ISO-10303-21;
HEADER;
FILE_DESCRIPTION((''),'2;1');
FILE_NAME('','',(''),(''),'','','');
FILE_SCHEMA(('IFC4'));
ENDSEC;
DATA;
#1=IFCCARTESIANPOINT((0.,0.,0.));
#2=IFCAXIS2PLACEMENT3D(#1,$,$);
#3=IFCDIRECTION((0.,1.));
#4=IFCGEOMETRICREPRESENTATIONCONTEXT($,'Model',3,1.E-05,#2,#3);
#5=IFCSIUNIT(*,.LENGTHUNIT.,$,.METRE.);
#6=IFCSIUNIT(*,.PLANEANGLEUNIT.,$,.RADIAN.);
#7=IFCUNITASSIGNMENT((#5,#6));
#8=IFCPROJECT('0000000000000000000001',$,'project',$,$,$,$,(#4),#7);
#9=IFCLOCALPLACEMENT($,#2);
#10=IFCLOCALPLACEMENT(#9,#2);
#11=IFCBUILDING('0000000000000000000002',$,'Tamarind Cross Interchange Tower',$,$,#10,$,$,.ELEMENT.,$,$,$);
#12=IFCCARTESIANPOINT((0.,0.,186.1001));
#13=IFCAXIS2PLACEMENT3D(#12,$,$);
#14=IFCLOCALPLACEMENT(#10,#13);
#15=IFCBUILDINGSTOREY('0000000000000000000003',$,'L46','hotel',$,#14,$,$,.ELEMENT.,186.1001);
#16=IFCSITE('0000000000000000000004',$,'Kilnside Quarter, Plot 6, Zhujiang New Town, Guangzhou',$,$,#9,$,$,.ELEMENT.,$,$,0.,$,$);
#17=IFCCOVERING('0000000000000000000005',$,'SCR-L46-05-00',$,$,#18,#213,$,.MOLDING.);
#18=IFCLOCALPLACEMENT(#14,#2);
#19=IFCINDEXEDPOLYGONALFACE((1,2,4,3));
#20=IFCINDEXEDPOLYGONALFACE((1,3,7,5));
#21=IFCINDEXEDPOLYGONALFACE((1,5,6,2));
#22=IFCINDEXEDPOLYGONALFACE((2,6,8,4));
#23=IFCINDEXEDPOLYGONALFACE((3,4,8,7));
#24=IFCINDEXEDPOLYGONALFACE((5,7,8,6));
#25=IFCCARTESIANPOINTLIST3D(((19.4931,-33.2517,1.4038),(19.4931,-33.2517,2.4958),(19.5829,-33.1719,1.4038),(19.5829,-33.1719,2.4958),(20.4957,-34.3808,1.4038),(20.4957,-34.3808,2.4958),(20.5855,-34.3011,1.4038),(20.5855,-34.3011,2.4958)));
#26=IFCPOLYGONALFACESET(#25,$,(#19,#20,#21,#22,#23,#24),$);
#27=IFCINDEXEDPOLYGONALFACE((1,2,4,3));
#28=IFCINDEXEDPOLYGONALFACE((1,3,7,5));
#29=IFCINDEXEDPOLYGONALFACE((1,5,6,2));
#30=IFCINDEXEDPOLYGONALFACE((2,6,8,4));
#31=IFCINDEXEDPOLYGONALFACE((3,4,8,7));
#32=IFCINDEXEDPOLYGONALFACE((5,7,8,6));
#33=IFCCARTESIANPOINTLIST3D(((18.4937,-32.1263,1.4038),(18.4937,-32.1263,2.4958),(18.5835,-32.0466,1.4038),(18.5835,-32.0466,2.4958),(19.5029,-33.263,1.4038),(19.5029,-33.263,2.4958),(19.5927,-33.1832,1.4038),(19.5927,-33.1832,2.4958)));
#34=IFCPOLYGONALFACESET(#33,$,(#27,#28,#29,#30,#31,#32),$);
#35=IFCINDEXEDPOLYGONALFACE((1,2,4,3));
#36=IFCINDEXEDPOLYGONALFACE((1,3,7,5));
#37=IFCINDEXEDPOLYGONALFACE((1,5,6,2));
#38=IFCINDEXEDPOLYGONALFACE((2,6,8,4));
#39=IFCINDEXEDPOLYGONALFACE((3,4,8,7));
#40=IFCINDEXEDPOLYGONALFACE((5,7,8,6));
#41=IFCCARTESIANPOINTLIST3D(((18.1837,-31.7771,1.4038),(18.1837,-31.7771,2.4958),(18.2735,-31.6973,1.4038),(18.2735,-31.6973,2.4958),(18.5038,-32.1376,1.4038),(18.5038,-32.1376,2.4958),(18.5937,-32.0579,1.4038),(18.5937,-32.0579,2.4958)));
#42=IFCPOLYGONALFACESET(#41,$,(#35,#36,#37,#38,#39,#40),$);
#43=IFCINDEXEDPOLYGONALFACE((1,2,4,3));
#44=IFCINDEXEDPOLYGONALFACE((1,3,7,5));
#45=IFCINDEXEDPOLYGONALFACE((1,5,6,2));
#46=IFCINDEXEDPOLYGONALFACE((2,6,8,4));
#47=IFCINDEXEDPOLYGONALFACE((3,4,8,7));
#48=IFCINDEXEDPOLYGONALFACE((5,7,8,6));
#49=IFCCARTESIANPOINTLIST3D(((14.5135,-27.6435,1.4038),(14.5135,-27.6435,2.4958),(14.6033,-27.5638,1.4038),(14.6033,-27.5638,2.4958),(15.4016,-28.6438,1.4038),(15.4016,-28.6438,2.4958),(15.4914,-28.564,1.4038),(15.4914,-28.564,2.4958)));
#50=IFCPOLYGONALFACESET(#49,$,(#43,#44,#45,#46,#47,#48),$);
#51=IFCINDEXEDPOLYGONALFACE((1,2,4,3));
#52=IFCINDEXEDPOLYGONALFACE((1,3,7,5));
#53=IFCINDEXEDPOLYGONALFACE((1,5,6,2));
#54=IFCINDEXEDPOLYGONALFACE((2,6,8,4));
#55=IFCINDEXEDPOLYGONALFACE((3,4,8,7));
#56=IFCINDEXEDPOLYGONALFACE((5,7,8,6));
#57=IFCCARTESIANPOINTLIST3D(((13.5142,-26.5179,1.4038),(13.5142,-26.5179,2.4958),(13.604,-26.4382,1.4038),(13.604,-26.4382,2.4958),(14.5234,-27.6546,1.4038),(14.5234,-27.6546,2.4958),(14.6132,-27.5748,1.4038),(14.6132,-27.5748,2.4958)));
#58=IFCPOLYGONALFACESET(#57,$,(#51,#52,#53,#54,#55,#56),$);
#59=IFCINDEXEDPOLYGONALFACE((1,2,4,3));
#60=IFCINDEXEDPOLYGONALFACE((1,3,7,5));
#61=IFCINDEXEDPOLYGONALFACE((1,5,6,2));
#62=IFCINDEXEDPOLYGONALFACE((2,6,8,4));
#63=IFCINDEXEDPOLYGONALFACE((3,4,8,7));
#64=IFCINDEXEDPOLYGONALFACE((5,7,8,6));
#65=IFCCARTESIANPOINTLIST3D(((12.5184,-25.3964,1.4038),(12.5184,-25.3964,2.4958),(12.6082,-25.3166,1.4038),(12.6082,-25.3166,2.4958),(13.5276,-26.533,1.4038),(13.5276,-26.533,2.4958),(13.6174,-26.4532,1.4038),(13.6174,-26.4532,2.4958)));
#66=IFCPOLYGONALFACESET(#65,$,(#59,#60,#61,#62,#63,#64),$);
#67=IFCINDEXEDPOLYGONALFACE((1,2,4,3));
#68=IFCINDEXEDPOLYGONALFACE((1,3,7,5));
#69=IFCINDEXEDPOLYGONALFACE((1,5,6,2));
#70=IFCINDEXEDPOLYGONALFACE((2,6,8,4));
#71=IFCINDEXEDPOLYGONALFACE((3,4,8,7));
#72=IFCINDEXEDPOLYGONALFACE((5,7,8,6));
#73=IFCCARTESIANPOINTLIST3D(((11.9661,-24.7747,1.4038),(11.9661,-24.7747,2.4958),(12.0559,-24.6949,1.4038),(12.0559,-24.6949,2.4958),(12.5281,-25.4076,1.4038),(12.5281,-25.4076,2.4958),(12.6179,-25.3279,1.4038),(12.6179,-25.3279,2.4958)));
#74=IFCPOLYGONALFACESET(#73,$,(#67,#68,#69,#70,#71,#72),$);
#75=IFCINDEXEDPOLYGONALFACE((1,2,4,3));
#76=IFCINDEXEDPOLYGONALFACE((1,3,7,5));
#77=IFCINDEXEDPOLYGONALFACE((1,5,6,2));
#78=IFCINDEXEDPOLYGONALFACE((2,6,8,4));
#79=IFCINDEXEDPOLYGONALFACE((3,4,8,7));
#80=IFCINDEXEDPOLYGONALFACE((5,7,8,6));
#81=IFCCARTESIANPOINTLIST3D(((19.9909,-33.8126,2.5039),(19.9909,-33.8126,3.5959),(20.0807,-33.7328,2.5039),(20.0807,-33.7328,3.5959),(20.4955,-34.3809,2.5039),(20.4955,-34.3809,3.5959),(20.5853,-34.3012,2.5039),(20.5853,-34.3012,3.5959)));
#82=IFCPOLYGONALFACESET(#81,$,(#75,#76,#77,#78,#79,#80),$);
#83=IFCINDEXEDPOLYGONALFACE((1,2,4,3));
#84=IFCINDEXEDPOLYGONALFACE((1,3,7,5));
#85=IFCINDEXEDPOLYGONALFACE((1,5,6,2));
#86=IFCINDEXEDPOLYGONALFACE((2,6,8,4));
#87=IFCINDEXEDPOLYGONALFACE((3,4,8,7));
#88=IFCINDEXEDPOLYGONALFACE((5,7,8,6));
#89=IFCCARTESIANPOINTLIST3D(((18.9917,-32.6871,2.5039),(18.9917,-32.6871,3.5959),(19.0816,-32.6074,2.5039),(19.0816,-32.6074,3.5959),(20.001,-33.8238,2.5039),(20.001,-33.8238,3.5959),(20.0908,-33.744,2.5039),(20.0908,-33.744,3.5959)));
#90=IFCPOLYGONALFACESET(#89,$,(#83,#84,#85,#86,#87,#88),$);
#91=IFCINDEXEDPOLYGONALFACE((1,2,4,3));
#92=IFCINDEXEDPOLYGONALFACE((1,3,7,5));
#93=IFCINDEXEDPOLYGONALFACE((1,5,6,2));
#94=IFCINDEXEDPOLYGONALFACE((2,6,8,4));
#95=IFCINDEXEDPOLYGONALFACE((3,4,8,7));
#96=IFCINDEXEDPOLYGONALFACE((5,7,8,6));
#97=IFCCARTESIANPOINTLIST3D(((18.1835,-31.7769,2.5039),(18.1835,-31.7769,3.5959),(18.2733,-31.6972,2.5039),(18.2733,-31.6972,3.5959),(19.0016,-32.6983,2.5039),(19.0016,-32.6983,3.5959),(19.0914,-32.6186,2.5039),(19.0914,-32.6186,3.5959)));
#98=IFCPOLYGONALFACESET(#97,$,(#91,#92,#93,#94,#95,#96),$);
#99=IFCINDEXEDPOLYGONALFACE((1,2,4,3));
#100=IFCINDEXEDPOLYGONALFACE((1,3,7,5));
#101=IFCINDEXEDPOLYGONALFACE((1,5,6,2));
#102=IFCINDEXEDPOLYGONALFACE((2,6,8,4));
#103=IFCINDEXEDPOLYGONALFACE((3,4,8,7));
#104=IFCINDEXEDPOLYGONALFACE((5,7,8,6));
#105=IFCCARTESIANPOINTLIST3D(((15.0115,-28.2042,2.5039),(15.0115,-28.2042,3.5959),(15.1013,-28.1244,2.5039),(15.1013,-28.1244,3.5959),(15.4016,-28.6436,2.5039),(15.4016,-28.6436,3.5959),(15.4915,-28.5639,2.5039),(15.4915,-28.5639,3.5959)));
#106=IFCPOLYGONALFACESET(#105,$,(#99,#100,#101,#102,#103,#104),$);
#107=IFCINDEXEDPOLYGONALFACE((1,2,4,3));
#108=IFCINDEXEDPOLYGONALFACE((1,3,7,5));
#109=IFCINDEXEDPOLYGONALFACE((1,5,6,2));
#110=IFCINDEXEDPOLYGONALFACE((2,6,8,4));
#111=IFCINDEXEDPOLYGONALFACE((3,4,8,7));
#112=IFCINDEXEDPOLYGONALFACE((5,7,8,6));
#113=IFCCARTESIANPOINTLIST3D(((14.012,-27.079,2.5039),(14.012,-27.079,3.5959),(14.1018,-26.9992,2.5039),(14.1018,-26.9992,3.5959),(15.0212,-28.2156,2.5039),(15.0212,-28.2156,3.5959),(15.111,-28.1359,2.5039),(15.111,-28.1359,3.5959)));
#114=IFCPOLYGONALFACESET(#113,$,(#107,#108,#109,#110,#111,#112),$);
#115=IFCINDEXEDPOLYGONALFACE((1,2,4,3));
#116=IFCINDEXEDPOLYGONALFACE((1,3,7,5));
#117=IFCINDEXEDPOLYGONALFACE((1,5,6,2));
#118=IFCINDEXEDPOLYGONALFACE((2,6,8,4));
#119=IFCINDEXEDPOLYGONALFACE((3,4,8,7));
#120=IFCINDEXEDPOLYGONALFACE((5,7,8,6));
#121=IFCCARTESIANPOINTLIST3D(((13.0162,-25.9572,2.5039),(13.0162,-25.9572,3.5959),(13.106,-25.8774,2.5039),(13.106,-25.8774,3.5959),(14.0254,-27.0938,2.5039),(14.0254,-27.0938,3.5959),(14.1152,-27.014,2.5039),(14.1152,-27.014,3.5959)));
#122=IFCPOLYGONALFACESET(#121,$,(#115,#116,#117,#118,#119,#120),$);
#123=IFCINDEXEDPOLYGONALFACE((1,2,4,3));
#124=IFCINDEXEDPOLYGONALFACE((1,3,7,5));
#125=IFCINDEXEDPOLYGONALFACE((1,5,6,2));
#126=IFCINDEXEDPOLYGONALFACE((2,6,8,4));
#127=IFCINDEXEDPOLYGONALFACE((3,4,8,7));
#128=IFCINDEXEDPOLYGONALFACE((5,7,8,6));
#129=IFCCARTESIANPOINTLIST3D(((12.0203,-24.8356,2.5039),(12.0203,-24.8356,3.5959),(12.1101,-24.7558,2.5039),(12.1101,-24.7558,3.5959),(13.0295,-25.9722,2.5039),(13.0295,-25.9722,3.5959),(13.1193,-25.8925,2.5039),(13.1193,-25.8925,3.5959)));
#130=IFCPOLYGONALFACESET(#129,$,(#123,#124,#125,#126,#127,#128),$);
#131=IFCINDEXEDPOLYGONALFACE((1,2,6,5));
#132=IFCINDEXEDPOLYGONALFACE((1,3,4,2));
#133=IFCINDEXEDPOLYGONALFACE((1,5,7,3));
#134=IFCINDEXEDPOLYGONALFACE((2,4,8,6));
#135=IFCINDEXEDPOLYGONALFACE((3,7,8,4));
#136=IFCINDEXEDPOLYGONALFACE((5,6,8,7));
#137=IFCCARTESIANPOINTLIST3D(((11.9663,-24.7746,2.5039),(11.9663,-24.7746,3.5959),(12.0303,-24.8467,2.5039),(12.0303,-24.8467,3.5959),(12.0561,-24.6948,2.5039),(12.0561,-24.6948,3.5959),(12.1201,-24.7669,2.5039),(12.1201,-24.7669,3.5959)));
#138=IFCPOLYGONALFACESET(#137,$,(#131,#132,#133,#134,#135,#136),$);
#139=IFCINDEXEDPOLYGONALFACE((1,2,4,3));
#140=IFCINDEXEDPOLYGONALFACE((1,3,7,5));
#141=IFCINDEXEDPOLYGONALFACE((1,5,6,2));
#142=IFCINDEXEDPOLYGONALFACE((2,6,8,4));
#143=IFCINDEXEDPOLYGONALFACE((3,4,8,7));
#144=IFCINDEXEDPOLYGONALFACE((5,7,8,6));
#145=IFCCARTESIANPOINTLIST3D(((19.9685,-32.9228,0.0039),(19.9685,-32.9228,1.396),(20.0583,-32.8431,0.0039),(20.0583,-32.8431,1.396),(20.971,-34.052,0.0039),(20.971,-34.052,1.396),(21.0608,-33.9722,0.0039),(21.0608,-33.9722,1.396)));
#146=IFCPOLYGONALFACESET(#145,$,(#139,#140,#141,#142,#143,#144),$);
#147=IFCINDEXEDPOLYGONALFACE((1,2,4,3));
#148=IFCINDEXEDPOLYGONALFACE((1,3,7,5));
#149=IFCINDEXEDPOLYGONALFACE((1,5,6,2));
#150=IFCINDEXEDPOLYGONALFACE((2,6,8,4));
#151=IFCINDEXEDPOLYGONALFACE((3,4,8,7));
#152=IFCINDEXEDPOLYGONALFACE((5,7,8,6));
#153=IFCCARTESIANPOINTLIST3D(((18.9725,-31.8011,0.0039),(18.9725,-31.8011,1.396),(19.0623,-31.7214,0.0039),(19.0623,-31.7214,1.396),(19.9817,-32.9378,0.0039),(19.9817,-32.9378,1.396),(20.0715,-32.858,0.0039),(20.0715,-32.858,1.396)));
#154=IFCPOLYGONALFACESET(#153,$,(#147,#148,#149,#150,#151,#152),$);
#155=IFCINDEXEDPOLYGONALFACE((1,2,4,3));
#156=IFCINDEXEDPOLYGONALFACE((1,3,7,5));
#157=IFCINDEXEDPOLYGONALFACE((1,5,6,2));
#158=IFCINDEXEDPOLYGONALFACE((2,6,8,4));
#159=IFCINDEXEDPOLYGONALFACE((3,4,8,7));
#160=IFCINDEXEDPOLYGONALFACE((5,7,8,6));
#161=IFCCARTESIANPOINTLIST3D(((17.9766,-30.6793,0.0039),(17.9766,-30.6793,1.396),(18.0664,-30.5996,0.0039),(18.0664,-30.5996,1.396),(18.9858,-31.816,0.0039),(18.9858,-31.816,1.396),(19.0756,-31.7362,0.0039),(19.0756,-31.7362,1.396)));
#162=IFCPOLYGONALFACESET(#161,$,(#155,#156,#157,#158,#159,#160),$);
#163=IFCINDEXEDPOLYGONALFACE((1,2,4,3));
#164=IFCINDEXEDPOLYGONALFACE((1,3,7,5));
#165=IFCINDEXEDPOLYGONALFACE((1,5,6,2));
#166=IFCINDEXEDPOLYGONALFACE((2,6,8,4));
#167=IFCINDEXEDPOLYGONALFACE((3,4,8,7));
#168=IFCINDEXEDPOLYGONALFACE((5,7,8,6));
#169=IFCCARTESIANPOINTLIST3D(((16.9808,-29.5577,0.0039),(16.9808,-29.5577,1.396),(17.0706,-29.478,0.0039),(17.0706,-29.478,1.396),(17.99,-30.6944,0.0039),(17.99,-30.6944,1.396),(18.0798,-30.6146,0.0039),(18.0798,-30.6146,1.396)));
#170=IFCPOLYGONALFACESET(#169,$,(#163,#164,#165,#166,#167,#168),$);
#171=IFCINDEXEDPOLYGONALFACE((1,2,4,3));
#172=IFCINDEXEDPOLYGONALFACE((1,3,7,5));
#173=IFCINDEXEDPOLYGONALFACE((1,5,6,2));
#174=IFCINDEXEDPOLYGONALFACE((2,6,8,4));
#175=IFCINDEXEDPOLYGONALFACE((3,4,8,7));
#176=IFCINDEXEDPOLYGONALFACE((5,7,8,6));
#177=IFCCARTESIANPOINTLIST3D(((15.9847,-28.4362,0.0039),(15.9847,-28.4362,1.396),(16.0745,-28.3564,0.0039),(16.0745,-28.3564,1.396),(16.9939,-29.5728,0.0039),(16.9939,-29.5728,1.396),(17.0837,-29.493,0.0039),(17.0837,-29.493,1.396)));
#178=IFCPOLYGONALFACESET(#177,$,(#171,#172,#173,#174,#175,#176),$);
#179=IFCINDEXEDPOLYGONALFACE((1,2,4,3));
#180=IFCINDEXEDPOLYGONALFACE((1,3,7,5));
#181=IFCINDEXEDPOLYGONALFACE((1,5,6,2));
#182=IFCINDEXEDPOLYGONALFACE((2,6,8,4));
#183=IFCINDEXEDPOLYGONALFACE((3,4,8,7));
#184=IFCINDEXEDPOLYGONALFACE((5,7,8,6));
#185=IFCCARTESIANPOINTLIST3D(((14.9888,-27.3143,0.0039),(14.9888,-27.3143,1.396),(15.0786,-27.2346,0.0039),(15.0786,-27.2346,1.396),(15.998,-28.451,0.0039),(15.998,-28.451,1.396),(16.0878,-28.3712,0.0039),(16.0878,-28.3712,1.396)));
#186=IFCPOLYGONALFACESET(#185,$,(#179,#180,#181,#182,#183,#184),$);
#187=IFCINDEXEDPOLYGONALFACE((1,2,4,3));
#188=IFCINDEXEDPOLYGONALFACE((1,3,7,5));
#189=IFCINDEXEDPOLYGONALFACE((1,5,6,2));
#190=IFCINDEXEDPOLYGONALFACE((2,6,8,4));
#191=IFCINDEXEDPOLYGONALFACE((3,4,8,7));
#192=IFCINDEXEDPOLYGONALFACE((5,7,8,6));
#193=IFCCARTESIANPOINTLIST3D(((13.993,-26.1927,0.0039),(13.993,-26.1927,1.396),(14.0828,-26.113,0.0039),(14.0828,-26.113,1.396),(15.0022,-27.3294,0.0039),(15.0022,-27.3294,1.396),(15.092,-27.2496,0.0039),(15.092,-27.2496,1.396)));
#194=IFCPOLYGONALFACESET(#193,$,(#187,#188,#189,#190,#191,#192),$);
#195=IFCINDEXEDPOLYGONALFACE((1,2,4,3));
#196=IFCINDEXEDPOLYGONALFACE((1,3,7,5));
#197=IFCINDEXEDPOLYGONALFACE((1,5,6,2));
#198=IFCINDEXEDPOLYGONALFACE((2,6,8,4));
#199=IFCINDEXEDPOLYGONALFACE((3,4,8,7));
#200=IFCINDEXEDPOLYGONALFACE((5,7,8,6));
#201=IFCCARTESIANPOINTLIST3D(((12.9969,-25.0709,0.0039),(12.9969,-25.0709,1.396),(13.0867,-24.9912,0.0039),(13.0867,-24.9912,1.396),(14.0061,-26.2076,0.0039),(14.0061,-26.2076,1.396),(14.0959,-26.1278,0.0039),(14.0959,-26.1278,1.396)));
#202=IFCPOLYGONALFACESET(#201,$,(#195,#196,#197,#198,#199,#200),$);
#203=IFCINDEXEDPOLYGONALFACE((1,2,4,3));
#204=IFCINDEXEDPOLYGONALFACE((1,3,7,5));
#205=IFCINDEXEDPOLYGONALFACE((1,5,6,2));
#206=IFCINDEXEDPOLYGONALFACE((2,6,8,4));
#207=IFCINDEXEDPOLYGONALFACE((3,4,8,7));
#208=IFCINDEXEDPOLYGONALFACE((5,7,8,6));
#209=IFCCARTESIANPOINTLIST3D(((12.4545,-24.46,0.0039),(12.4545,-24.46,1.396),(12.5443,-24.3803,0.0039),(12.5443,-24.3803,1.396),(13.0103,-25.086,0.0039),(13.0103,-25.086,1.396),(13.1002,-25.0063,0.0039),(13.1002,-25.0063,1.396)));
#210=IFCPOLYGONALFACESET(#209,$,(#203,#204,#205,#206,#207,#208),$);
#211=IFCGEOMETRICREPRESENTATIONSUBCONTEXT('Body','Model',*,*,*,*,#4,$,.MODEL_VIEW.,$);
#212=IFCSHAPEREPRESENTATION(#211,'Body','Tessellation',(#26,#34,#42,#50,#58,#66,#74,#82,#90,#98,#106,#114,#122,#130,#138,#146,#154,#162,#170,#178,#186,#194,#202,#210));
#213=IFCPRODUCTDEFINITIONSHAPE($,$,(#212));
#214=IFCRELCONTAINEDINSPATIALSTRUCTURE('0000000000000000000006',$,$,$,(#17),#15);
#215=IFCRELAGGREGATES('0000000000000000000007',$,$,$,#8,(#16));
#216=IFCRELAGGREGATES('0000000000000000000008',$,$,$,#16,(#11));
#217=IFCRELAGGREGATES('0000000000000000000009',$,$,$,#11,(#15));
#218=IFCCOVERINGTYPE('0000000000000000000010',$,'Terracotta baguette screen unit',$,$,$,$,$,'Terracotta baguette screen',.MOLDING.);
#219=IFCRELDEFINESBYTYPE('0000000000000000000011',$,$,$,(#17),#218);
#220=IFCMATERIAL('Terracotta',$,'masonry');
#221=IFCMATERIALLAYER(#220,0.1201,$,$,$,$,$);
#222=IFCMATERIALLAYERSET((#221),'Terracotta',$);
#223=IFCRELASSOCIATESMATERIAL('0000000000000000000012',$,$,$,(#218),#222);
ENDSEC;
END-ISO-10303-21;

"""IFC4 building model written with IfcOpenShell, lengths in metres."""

from ifc_helpers import new_model, si_unit, direction, frame, origin, origin_2d, place, context, subcontext, project, spatial, rectangle, extrude, material, layer, layer_set, type_object, element, save


model = new_model("IFC4")

# Units and contexts
model_context = context("Model", 3, precision=1e-05, world=origin(), true_north=direction((0.0, 1.0)))
body_context = subcontext(model_context, "Body", "Model", "MODEL_VIEW")
ifc_project = project(units=[si_unit("LENGTHUNIT", "METRE"), si_unit("PLANEANGLEUNIT", "RADIAN")], contexts=[model_context])

# Site, building, storey
site_placement = place(None, origin())
site = spatial("IfcSite", under=ifc_project, at=site_placement, Name="Kilnside Quarter, Plot 6, Zhujiang New Town, Guangzhou", CompositionType="ELEMENT", RefElevation=0.0)
building_placement = place(site_placement, origin())
building = spatial("IfcBuilding", under=site, at=building_placement, Name="Tamarind Cross Interchange Tower", CompositionType="ELEMENT")
storey_placement = place(building_placement, frame((0.0, 0.0, 186.1001)))
storey = spatial("IfcBuildingStorey", under=building, at=storey_placement, Name="L46", Description="hotel", CompositionType="ELEMENT", Elevation=186.1001)

# Covering
ifc_material_1 = material(Name="Terracotta", Category="masonry")
ifc_layer_1 = layer(ifc_material_1, 0.1201)
ifc_layer_set_1 = layer_set([ifc_layer_1], Name="Terracotta")
covering_type = type_object("IfcCoveringType", Name="Terracotta baguette screen unit", ElementType="Terracotta baguette screen", PredefinedType="MOLDING", material=ifc_layer_set_1)
covering_1_placement = place(storey_placement, origin())
element("IfcCovering", 1, at=covering_1_placement, inside=storey, type_object=covering_type, Name="SCR-L46-05-00", PredefinedType="MOLDING", context=body_context, shape_type="SweptSolid", body=[
    extrude(rectangle(XDim=1.51, YDim=0.1201, at=origin_2d()), frame((20.0393, -33.7764, 1.4038), z_axis=(0.0, 0.0, 1.0), x_axis=(-0.66395, 0.747777, 0.0)), (0.0, 0.0, 1.0), 1.092),
    extrude(rectangle(XDim=1.52, YDim=0.1201, at=origin_2d()), frame((19.0432, -32.6548, 1.4038), z_axis=(0.0, 0.0, 1.0), x_axis=(-0.66395, 0.747777, 0.0)), (0.0, 0.0, 1.0), 1.092),
    extrude(rectangle(XDim=0.4822, YDim=0.1201, at=origin_2d()), frame((18.3887, -31.9175, 1.4038), z_axis=(0.0, 0.0, 1.0), x_axis=(-0.66395, 0.747777, 0.0)), (0.0, 0.0, 1.0), 1.092),
    extrude(rectangle(XDim=1.3376, YDim=0.1201, at=origin_2d()), frame((15.0024, -28.1038, 1.4038), z_axis=(0.0, 0.0, 1.0), x_axis=(-0.66395, 0.747777, 0.0)), (0.0, 0.0, 1.0), 1.092),
    extrude(rectangle(XDim=1.52, YDim=0.1201, at=origin_2d()), frame((14.0637, -27.0464, 1.4038), z_axis=(0.0, 0.0, 1.0), x_axis=(-0.66395, 0.747777, 0.0)), (0.0, 0.0, 1.0), 1.092),
    extrude(rectangle(XDim=1.52, YDim=0.1201, at=origin_2d()), frame((13.0679, -25.9248, 1.4038), z_axis=(0.0, 0.0, 1.0), x_axis=(-0.66395, 0.747777, 0.0)), (0.0, 0.0, 1.0), 1.092),
    extrude(rectangle(XDim=0.8464, YDim=0.1201, at=origin_2d()), frame((12.292, -25.0513, 1.4038), z_axis=(0.0, 0.0, 1.0), x_axis=(-0.66395, 0.747777, 0.0)), (0.0, 0.0, 1.0), 1.092),
    extrude(rectangle(XDim=0.76, YDim=0.1201, at=origin_2d()), frame((20.2881, -34.0569, 2.5039), z_axis=(0.0, 0.0, 1.0), x_axis=(-0.66395, 0.747777, 0.0)), (0.0, 0.0, 1.0), 1.092),
    extrude(rectangle(XDim=1.52, YDim=0.1201, at=origin_2d()), frame((19.5413, -33.2156, 2.5039), z_axis=(0.0, 0.0, 1.0), x_axis=(-0.66395, 0.747777, 0.0)), (0.0, 0.0, 1.0), 1.092),
    extrude(rectangle(XDim=1.2322, YDim=0.1201, at=origin_2d()), frame((18.6375, -32.1978, 2.5039), z_axis=(0.0, 0.0, 1.0), x_axis=(-0.66395, 0.747777, 0.0)), (0.0, 0.0, 1.0), 1.092),
    extrude(rectangle(XDim=0.5876, YDim=0.1201, at=origin_2d()), frame((15.2515, -28.384, 2.5039), z_axis=(0.0, 0.0, 1.0), x_axis=(-0.66395, 0.747777, 0.0)), (0.0, 0.0, 1.0), 1.092),
    extrude(rectangle(XDim=1.52, YDim=0.1201, at=origin_2d()), frame((14.5615, -27.6074, 2.5039), z_axis=(0.0, 0.0, 1.0), x_axis=(-0.66395, 0.747777, 0.0)), (0.0, 0.0, 1.0), 1.092),
    extrude(rectangle(XDim=1.52, YDim=0.1201, at=origin_2d()), frame((13.5657, -26.4856, 2.5039), z_axis=(0.0, 0.0, 1.0), x_axis=(-0.66395, 0.747777, 0.0)), (0.0, 0.0, 1.0), 1.092),
    extrude(rectangle(XDim=1.52, YDim=0.1201, at=origin_2d()), frame((12.5698, -25.364, 2.5039), z_axis=(0.0, 0.0, 1.0), x_axis=(-0.66395, 0.747777, 0.0)), (0.0, 0.0, 1.0), 1.092),
    extrude(rectangle(XDim=0.0964, YDim=0.1201, at=origin_2d()), frame((12.0432, -24.7708, 2.5039), z_axis=(0.0, 0.0, 1.0), x_axis=(-0.66395, 0.747777, 0.0)), (0.0, 0.0, 1.0), 1.092),
    extrude(rectangle(XDim=1.51, YDim=0.1201, at=origin_2d()), frame((20.5146, -33.4475, 0.0039), z_axis=(0.0, 0.0, 1.0), x_axis=(-0.66395, 0.747777, 0.0)), (0.0, 0.0, 1.0), 1.3921),
    extrude(rectangle(XDim=1.52, YDim=0.1201, at=origin_2d()), frame((19.522, -32.3296, 0.0039), z_axis=(0.0, 0.0, 1.0), x_axis=(-0.66395, 0.747777, 0.0)), (0.0, 0.0, 1.0), 1.3921),
    extrude(rectangle(XDim=1.52, YDim=0.1201, at=origin_2d()), frame((18.5261, -31.2078, 0.0039), z_axis=(0.0, 0.0, 1.0), x_axis=(-0.66395, 0.747777, 0.0)), (0.0, 0.0, 1.0), 1.3921),
    extrude(rectangle(XDim=1.52, YDim=0.1201, at=origin_2d()), frame((17.5303, -30.0862, 0.0039), z_axis=(0.0, 0.0, 1.0), x_axis=(-0.66395, 0.747777, 0.0)), (0.0, 0.0, 1.0), 1.3921),
    extrude(rectangle(XDim=1.52, YDim=0.1201, at=origin_2d()), frame((16.5342, -28.9646, 0.0039), z_axis=(0.0, 0.0, 1.0), x_axis=(-0.66395, 0.747777, 0.0)), (0.0, 0.0, 1.0), 1.3921),
    extrude(rectangle(XDim=1.52, YDim=0.1201, at=origin_2d()), frame((15.5383, -27.8428, 0.0039), z_axis=(0.0, 0.0, 1.0), x_axis=(-0.66395, 0.747777, 0.0)), (0.0, 0.0, 1.0), 1.3921),
    extrude(rectangle(XDim=1.52, YDim=0.1201, at=origin_2d()), frame((14.5425, -26.7212, 0.0039), z_axis=(0.0, 0.0, 1.0), x_axis=(-0.66395, 0.747777, 0.0)), (0.0, 0.0, 1.0), 1.3921),
    extrude(rectangle(XDim=1.52, YDim=0.1201, at=origin_2d()), frame((13.5464, -25.5994, 0.0039), z_axis=(0.0, 0.0, 1.0), x_axis=(-0.66395, 0.747777, 0.0)), (0.0, 0.0, 1.0), 1.3921),
    extrude(rectangle(XDim=0.8372, YDim=0.1201, at=origin_2d()), frame((12.7773, -24.7332, 0.0039), z_axis=(0.0, 0.0, 1.0), x_axis=(-0.66395, 0.747777, 0.0)), (0.0, 0.0, 1.0), 1.3921),
])

save(model, "model.ifc")
